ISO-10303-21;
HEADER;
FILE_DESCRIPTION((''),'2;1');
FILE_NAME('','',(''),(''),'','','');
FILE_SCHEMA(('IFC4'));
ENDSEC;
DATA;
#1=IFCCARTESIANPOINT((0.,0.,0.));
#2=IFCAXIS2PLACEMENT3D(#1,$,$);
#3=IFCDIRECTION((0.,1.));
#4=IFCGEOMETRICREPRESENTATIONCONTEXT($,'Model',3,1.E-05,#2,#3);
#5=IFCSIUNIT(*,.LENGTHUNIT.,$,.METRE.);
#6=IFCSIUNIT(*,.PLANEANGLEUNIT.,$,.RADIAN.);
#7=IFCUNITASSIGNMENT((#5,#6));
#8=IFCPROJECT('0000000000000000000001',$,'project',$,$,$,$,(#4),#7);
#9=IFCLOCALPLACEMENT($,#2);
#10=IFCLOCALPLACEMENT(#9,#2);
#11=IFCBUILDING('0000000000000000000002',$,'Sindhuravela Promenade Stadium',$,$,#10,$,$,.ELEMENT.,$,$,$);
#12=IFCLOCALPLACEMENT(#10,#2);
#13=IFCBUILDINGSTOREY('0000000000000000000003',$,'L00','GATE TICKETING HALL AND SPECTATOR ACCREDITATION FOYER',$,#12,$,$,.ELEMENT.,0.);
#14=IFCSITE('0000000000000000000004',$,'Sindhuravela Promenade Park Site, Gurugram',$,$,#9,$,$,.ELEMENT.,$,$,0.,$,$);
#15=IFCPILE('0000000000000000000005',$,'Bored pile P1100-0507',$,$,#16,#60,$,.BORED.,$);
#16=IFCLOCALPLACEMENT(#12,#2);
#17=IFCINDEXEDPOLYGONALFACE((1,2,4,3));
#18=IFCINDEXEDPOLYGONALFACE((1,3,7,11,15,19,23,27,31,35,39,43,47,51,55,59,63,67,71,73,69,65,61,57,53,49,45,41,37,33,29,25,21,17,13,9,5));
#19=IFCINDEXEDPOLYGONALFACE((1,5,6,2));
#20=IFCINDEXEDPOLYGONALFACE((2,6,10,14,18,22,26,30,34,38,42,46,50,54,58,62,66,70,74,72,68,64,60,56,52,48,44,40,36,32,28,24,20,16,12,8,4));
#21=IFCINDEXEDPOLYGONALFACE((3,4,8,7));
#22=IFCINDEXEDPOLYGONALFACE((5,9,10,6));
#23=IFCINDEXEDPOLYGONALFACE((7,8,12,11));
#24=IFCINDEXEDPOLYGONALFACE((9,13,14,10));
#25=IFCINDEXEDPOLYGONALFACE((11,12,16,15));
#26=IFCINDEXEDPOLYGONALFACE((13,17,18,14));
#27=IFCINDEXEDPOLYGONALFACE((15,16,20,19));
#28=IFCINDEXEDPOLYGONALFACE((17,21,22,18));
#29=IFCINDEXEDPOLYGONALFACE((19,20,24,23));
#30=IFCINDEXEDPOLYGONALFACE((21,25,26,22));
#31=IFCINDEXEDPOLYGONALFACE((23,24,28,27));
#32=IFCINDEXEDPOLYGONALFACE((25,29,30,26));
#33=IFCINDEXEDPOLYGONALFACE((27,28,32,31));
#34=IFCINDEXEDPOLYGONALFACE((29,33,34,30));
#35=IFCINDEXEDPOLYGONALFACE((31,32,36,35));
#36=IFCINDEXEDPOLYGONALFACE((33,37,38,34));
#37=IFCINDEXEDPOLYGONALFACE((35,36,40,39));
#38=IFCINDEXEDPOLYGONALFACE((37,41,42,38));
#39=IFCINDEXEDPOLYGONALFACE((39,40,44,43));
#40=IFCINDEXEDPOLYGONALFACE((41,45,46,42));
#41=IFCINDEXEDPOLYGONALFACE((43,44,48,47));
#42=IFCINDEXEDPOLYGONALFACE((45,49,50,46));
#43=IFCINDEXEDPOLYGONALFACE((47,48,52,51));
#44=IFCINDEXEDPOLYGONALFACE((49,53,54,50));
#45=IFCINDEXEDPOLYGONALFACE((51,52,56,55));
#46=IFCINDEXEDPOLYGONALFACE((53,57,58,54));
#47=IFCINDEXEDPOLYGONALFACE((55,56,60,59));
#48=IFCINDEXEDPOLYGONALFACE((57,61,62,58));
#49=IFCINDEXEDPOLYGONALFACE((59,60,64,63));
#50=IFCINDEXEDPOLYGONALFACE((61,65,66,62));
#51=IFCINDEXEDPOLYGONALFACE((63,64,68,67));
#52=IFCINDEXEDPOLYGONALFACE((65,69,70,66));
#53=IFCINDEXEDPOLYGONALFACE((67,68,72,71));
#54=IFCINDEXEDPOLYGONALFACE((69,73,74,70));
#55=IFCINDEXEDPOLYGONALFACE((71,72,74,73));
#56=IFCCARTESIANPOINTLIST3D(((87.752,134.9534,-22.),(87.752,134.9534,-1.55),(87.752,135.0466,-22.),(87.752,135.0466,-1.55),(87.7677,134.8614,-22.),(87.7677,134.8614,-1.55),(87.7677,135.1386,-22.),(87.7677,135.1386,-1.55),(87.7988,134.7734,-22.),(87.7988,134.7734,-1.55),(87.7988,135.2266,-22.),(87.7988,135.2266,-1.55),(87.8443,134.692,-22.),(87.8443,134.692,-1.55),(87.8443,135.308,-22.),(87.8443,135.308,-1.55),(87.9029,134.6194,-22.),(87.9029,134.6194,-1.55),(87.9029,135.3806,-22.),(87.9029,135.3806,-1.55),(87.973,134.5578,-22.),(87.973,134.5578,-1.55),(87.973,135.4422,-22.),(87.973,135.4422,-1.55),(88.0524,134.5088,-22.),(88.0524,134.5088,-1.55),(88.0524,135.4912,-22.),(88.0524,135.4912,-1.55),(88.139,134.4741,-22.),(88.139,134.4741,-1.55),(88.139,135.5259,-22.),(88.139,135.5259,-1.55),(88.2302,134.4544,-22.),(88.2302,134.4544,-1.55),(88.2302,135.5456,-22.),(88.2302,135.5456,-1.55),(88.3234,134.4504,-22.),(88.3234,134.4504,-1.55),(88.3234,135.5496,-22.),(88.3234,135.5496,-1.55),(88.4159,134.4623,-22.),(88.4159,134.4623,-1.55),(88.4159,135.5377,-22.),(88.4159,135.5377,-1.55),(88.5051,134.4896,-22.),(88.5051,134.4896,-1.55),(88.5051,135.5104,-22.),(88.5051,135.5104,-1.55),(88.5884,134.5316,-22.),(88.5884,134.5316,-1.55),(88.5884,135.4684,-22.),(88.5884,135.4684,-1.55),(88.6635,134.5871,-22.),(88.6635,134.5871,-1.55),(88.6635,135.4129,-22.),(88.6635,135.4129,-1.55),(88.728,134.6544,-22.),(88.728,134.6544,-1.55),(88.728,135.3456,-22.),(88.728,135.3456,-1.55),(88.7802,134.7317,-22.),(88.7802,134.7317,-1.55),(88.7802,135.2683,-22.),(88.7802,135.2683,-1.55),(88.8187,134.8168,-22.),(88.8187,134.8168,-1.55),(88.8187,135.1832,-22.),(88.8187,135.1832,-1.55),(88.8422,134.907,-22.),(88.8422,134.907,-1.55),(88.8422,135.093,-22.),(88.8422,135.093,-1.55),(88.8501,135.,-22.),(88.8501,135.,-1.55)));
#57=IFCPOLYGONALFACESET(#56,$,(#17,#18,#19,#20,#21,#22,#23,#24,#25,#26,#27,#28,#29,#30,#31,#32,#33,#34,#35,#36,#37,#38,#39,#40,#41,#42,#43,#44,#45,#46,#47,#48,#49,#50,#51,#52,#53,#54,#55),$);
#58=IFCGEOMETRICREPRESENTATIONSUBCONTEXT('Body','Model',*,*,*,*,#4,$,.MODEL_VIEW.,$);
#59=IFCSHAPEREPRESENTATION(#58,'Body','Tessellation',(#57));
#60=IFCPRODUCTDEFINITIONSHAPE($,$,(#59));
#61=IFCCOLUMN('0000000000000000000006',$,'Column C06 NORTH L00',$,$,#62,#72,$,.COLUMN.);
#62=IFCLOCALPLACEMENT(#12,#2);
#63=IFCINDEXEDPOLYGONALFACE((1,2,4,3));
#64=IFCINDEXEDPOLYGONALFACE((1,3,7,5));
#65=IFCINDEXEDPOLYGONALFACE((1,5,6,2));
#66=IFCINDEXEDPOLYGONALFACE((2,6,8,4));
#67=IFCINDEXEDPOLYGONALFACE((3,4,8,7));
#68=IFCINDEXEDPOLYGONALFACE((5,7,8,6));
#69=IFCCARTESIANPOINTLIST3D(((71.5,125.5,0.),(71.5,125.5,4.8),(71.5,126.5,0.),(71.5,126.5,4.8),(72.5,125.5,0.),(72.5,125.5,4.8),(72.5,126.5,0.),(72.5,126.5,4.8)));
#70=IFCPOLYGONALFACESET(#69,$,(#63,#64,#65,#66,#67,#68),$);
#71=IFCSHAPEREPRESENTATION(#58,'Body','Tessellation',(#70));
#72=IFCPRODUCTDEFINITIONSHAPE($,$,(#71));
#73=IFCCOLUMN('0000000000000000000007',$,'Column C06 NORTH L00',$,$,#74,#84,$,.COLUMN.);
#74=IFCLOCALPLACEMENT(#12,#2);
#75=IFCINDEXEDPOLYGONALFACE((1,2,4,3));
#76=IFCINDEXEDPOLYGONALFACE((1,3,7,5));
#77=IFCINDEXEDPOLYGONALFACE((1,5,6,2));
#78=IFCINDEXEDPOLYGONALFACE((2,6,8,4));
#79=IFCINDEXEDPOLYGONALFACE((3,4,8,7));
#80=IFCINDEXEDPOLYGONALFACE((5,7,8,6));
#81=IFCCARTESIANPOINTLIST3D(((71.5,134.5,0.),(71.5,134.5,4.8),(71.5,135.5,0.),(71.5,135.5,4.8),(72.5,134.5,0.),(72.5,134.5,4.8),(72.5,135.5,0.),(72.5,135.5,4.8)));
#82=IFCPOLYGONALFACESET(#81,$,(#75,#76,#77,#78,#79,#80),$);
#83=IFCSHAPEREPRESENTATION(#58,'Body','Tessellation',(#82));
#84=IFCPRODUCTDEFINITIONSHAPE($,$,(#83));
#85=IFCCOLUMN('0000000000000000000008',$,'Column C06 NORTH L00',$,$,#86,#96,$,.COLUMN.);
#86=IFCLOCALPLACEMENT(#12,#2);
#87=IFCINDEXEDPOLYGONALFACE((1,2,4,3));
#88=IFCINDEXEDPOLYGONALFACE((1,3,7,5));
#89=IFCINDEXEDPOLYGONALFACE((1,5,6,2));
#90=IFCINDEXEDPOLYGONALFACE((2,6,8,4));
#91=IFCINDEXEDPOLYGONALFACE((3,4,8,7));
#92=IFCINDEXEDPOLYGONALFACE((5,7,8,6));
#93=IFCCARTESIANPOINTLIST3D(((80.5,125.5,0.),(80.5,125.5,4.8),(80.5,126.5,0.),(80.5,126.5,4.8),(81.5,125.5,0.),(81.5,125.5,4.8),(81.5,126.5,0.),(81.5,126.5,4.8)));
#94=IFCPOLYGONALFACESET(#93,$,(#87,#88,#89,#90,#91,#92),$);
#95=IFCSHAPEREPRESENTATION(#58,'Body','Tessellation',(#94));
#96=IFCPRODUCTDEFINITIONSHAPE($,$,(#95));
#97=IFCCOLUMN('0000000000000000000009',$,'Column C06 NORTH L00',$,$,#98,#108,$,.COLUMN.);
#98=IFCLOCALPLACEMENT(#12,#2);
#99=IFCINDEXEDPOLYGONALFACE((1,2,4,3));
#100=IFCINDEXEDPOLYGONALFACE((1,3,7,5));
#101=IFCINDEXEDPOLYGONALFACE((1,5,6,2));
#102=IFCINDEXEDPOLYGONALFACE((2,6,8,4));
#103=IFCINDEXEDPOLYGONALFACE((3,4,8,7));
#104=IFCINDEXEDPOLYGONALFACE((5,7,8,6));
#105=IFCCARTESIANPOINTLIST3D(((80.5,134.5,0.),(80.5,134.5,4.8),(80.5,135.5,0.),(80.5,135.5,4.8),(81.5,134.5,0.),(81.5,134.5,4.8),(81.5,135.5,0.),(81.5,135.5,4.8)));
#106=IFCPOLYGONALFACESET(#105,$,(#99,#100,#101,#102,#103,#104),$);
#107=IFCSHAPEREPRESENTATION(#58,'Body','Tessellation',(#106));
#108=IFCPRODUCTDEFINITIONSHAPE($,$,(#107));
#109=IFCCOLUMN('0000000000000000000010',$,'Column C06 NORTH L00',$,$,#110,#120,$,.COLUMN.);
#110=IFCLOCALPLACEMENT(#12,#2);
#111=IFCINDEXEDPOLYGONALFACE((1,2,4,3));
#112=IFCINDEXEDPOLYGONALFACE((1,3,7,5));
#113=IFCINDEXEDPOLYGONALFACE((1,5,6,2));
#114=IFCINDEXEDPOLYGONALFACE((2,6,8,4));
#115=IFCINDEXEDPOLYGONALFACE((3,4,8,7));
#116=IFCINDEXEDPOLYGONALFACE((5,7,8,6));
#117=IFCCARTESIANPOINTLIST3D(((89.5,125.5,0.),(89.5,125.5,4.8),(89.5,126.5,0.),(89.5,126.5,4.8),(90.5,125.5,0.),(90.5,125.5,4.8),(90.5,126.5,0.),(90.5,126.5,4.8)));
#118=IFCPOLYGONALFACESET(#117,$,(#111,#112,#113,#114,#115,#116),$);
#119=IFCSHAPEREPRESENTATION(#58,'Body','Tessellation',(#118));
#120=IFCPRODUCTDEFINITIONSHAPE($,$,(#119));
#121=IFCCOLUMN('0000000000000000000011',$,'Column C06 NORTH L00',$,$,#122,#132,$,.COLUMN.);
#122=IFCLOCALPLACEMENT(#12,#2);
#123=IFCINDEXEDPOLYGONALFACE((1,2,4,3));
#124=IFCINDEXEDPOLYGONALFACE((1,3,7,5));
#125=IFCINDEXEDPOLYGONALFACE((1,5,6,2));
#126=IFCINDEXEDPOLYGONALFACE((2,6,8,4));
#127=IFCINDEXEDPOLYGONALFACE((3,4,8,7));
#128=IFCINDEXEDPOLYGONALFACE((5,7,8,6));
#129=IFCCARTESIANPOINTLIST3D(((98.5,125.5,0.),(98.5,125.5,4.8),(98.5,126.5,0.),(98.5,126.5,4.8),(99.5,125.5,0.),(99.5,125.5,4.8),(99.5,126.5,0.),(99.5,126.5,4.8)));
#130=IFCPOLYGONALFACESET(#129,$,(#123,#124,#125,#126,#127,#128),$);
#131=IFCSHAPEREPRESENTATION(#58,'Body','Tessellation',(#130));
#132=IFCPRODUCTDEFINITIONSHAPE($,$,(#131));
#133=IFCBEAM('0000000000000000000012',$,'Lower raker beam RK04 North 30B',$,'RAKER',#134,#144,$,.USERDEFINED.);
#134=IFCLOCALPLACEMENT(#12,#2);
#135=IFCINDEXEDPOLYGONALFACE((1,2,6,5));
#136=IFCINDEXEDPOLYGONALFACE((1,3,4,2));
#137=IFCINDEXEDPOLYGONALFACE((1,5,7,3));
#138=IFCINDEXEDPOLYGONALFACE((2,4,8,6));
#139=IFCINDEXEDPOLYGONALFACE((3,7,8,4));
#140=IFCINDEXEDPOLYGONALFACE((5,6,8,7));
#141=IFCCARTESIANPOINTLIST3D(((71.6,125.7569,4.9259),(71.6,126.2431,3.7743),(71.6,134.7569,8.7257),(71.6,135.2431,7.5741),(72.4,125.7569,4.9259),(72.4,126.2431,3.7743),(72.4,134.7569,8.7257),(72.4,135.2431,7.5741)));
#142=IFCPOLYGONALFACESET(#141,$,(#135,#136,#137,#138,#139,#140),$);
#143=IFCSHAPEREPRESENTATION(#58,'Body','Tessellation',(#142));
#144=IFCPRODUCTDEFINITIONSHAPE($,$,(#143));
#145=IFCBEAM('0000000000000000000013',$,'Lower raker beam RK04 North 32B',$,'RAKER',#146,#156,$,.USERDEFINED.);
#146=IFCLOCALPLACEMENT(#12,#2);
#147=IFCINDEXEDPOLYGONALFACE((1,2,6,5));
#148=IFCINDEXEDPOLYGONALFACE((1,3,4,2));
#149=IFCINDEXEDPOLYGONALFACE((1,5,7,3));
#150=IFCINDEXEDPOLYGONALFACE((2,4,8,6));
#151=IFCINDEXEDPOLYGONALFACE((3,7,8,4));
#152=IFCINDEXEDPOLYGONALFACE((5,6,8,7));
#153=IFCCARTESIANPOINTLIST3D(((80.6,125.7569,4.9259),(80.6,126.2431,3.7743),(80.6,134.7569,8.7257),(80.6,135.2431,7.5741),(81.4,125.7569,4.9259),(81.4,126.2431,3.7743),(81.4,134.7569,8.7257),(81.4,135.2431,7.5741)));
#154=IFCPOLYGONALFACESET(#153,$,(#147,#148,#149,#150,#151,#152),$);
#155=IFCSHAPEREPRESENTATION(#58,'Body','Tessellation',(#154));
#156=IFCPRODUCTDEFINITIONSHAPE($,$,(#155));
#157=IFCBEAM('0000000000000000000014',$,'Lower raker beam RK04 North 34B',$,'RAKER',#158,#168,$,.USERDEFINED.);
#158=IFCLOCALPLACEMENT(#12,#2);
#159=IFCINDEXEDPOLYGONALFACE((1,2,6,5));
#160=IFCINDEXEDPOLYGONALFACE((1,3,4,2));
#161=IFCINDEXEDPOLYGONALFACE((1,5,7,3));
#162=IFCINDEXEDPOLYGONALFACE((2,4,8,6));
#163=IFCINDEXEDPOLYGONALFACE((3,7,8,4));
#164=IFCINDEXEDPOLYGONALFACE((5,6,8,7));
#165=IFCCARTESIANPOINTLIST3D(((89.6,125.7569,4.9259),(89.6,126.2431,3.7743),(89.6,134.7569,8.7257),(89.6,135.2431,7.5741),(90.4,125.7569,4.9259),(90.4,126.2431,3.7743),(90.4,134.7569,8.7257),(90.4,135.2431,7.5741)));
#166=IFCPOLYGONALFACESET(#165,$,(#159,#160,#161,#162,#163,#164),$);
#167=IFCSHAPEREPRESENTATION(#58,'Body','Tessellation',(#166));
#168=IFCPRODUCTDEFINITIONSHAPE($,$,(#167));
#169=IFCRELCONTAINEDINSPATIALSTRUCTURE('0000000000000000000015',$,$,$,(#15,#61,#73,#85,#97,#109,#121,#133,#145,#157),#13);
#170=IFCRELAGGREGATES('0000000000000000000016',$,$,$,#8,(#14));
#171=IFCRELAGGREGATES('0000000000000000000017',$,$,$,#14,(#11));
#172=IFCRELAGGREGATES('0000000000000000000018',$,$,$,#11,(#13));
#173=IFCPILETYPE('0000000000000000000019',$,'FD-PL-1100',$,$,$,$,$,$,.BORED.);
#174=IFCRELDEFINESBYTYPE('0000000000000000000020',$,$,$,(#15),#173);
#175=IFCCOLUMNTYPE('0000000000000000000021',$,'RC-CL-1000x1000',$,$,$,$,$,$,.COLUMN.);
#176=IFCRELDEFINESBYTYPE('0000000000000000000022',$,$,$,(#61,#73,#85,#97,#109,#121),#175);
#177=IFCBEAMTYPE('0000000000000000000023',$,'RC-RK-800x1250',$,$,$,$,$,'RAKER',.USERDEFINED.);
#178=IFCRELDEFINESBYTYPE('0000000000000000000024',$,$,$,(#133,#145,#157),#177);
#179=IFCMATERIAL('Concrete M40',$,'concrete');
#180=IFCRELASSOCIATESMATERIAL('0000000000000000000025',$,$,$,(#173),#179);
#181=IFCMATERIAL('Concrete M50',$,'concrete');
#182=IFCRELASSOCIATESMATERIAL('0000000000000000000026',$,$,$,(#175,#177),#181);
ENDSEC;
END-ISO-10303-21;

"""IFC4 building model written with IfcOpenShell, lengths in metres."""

from ifc_helpers import new_model, si_unit, direction, frame, origin, origin_2d, place, context, subcontext, project, spatial, rectangle, circle, extrude, material, material_profile, profile_set, type_object, element, save


model = new_model("IFC4")

# Units and contexts
model_context = context("Model", 3, precision=1e-05, world=origin(), true_north=direction((0.0, 1.0)))
body_context = subcontext(model_context, "Body", "Model", "MODEL_VIEW")
ifc_project = project(units=[si_unit("LENGTHUNIT", "METRE"), si_unit("PLANEANGLEUNIT", "RADIAN")], contexts=[model_context])

# Site, building, storey
site_placement = place(None, origin())
site = spatial("IfcSite", under=ifc_project, at=site_placement, Name="Sindhuravela Promenade Park Site, Gurugram", CompositionType="ELEMENT", RefElevation=0.0)
building_placement = place(site_placement, origin())
building = spatial("IfcBuilding", under=site, at=building_placement, Name="Sindhuravela Promenade Stadium", CompositionType="ELEMENT")
storey_placement = place(building_placement, origin())
storey = spatial("IfcBuildingStorey", under=building, at=storey_placement, Name="L00", Description="GATE TICKETING HALL AND SPECTATOR ACCREDITATION FOYER", CompositionType="ELEMENT", Elevation=0.0)

# Shared definitions
ifc_material_1 = material(Name="Concrete M50", Category="concrete")

# Pile
ifc_material_2 = material(Name="Concrete M40", Category="concrete")
ifc_material_profile_1 = material_profile(ifc_material_2, circle(Radius=0.55, at=origin_2d()), Name="BORED PILE D1100")
ifc_profile_set_1 = profile_set([ifc_material_profile_1], Name="Concrete M40")
pile_type_1 = type_object("IfcPileType", Name="FD-PL-1100", PredefinedType="BORED", material=ifc_profile_set_1)
pile_1_placement = place(storey_placement, frame((88.3, 135.0, -1.55), z_axis=(0.0, 0.0, -1.0), x_axis=(1.0, 0.0, 0.0)))
element("IfcPile", 1, at=pile_1_placement, inside=storey, type_object=pile_type_1, Name="Bored pile P1100-0507", PredefinedType="BORED", context=body_context, shape_type="SweptSolid", body=[
    extrude(circle(Radius=0.55, at=origin_2d()), origin(), (0.0, 0.0, 1.0), 20.45),
])

# Columns
ifc_material_profile_2 = material_profile(ifc_material_1, rectangle(XDim=1.0, YDim=1.0, at=origin_2d()), Name="RC 1000x1000")
ifc_profile_set_2 = profile_set([ifc_material_profile_2], Name="Concrete M50")
column_type = type_object("IfcColumnType", Name="RC-CL-1000x1000", PredefinedType="COLUMN", material=ifc_profile_set_2)
for number, where, z_axis, x_axis, name in (
    (2, (72.0, 126.0, 0.0), (0.0, 0.0, 1.0), (1.0, 0.0, 0.0), "Column C06 NORTH L00"),
    (3, (72.0, 135.0, 0.0), (0.0, 0.0, 1.0), (1.0, 0.0, 0.0), "Column C06 NORTH L00"),
    (4, (81.0, 126.0, 0.0), (0.0, 0.0, 1.0), (1.0, 0.0, 0.0), "Column C06 NORTH L00"),
    (5, (81.0, 135.0, 0.0), (0.0, 0.0, 1.0), (1.0, 0.0, 0.0), "Column C06 NORTH L00"),
    (6, (90.0, 126.0, 0.0), (0.0, 0.0, 1.0), (1.0, 0.0, 0.0), "Column C06 NORTH L00"),
    (7, (99.0, 126.0, 0.0), (0.0, 0.0, 1.0), (1.0, 0.0, 0.0), "Column C06 NORTH L00"),
):
    element("IfcColumn", number, at=place(storey_placement, frame(where, z_axis=z_axis, x_axis=x_axis)), inside=storey, type_object=column_type, Name=name, PredefinedType="COLUMN", context=body_context, shape_type="SweptSolid", body=[
        extrude(rectangle(XDim=1.0, YDim=1.0, at=origin_2d()), origin(), (0.0, 0.0, 1.0), 4.8),
    ])

# Beams
ifc_material_profile_3 = material_profile(ifc_material_1, rectangle(XDim=0.8, YDim=1.25, at=origin_2d()), Name="RC 800x1250")
ifc_profile_set_3 = profile_set([ifc_material_profile_3], Name="Concrete M50")
beam_type = type_object("IfcBeamType", Name="RC-RK-800x1250", ElementType="RAKER", PredefinedType="USERDEFINED", material=ifc_profile_set_3)
for number, where, z_axis, x_axis, name in (
    (8, (72.0, 126.0, 4.3501), (0.0, 0.921257, 0.388955), (-1.0, 0.0, 0.0), "Lower raker beam RK04 North 30B"),
    (9, (81.0, 126.0, 4.3501), (0.0, 0.921257, 0.388955), (-1.0, 0.0, 0.0), "Lower raker beam RK04 North 32B"),
    (10, (90.0, 126.0, 4.3501), (0.0, 0.921257, 0.388955), (-1.0, 0.0, 0.0), "Lower raker beam RK04 North 34B"),
):
    element("IfcBeam", number, at=place(storey_placement, frame(where, z_axis=z_axis, x_axis=x_axis)), inside=storey, type_object=beam_type, Name=name, ObjectType="RAKER", PredefinedType="USERDEFINED", context=body_context, shape_type="SweptSolid", body=[
        extrude(rectangle(XDim=0.8, YDim=1.25, at=origin_2d()), origin(), (0.0, 0.0, 1.0), 9.7693),
    ])

save(model, "model.ifc")
